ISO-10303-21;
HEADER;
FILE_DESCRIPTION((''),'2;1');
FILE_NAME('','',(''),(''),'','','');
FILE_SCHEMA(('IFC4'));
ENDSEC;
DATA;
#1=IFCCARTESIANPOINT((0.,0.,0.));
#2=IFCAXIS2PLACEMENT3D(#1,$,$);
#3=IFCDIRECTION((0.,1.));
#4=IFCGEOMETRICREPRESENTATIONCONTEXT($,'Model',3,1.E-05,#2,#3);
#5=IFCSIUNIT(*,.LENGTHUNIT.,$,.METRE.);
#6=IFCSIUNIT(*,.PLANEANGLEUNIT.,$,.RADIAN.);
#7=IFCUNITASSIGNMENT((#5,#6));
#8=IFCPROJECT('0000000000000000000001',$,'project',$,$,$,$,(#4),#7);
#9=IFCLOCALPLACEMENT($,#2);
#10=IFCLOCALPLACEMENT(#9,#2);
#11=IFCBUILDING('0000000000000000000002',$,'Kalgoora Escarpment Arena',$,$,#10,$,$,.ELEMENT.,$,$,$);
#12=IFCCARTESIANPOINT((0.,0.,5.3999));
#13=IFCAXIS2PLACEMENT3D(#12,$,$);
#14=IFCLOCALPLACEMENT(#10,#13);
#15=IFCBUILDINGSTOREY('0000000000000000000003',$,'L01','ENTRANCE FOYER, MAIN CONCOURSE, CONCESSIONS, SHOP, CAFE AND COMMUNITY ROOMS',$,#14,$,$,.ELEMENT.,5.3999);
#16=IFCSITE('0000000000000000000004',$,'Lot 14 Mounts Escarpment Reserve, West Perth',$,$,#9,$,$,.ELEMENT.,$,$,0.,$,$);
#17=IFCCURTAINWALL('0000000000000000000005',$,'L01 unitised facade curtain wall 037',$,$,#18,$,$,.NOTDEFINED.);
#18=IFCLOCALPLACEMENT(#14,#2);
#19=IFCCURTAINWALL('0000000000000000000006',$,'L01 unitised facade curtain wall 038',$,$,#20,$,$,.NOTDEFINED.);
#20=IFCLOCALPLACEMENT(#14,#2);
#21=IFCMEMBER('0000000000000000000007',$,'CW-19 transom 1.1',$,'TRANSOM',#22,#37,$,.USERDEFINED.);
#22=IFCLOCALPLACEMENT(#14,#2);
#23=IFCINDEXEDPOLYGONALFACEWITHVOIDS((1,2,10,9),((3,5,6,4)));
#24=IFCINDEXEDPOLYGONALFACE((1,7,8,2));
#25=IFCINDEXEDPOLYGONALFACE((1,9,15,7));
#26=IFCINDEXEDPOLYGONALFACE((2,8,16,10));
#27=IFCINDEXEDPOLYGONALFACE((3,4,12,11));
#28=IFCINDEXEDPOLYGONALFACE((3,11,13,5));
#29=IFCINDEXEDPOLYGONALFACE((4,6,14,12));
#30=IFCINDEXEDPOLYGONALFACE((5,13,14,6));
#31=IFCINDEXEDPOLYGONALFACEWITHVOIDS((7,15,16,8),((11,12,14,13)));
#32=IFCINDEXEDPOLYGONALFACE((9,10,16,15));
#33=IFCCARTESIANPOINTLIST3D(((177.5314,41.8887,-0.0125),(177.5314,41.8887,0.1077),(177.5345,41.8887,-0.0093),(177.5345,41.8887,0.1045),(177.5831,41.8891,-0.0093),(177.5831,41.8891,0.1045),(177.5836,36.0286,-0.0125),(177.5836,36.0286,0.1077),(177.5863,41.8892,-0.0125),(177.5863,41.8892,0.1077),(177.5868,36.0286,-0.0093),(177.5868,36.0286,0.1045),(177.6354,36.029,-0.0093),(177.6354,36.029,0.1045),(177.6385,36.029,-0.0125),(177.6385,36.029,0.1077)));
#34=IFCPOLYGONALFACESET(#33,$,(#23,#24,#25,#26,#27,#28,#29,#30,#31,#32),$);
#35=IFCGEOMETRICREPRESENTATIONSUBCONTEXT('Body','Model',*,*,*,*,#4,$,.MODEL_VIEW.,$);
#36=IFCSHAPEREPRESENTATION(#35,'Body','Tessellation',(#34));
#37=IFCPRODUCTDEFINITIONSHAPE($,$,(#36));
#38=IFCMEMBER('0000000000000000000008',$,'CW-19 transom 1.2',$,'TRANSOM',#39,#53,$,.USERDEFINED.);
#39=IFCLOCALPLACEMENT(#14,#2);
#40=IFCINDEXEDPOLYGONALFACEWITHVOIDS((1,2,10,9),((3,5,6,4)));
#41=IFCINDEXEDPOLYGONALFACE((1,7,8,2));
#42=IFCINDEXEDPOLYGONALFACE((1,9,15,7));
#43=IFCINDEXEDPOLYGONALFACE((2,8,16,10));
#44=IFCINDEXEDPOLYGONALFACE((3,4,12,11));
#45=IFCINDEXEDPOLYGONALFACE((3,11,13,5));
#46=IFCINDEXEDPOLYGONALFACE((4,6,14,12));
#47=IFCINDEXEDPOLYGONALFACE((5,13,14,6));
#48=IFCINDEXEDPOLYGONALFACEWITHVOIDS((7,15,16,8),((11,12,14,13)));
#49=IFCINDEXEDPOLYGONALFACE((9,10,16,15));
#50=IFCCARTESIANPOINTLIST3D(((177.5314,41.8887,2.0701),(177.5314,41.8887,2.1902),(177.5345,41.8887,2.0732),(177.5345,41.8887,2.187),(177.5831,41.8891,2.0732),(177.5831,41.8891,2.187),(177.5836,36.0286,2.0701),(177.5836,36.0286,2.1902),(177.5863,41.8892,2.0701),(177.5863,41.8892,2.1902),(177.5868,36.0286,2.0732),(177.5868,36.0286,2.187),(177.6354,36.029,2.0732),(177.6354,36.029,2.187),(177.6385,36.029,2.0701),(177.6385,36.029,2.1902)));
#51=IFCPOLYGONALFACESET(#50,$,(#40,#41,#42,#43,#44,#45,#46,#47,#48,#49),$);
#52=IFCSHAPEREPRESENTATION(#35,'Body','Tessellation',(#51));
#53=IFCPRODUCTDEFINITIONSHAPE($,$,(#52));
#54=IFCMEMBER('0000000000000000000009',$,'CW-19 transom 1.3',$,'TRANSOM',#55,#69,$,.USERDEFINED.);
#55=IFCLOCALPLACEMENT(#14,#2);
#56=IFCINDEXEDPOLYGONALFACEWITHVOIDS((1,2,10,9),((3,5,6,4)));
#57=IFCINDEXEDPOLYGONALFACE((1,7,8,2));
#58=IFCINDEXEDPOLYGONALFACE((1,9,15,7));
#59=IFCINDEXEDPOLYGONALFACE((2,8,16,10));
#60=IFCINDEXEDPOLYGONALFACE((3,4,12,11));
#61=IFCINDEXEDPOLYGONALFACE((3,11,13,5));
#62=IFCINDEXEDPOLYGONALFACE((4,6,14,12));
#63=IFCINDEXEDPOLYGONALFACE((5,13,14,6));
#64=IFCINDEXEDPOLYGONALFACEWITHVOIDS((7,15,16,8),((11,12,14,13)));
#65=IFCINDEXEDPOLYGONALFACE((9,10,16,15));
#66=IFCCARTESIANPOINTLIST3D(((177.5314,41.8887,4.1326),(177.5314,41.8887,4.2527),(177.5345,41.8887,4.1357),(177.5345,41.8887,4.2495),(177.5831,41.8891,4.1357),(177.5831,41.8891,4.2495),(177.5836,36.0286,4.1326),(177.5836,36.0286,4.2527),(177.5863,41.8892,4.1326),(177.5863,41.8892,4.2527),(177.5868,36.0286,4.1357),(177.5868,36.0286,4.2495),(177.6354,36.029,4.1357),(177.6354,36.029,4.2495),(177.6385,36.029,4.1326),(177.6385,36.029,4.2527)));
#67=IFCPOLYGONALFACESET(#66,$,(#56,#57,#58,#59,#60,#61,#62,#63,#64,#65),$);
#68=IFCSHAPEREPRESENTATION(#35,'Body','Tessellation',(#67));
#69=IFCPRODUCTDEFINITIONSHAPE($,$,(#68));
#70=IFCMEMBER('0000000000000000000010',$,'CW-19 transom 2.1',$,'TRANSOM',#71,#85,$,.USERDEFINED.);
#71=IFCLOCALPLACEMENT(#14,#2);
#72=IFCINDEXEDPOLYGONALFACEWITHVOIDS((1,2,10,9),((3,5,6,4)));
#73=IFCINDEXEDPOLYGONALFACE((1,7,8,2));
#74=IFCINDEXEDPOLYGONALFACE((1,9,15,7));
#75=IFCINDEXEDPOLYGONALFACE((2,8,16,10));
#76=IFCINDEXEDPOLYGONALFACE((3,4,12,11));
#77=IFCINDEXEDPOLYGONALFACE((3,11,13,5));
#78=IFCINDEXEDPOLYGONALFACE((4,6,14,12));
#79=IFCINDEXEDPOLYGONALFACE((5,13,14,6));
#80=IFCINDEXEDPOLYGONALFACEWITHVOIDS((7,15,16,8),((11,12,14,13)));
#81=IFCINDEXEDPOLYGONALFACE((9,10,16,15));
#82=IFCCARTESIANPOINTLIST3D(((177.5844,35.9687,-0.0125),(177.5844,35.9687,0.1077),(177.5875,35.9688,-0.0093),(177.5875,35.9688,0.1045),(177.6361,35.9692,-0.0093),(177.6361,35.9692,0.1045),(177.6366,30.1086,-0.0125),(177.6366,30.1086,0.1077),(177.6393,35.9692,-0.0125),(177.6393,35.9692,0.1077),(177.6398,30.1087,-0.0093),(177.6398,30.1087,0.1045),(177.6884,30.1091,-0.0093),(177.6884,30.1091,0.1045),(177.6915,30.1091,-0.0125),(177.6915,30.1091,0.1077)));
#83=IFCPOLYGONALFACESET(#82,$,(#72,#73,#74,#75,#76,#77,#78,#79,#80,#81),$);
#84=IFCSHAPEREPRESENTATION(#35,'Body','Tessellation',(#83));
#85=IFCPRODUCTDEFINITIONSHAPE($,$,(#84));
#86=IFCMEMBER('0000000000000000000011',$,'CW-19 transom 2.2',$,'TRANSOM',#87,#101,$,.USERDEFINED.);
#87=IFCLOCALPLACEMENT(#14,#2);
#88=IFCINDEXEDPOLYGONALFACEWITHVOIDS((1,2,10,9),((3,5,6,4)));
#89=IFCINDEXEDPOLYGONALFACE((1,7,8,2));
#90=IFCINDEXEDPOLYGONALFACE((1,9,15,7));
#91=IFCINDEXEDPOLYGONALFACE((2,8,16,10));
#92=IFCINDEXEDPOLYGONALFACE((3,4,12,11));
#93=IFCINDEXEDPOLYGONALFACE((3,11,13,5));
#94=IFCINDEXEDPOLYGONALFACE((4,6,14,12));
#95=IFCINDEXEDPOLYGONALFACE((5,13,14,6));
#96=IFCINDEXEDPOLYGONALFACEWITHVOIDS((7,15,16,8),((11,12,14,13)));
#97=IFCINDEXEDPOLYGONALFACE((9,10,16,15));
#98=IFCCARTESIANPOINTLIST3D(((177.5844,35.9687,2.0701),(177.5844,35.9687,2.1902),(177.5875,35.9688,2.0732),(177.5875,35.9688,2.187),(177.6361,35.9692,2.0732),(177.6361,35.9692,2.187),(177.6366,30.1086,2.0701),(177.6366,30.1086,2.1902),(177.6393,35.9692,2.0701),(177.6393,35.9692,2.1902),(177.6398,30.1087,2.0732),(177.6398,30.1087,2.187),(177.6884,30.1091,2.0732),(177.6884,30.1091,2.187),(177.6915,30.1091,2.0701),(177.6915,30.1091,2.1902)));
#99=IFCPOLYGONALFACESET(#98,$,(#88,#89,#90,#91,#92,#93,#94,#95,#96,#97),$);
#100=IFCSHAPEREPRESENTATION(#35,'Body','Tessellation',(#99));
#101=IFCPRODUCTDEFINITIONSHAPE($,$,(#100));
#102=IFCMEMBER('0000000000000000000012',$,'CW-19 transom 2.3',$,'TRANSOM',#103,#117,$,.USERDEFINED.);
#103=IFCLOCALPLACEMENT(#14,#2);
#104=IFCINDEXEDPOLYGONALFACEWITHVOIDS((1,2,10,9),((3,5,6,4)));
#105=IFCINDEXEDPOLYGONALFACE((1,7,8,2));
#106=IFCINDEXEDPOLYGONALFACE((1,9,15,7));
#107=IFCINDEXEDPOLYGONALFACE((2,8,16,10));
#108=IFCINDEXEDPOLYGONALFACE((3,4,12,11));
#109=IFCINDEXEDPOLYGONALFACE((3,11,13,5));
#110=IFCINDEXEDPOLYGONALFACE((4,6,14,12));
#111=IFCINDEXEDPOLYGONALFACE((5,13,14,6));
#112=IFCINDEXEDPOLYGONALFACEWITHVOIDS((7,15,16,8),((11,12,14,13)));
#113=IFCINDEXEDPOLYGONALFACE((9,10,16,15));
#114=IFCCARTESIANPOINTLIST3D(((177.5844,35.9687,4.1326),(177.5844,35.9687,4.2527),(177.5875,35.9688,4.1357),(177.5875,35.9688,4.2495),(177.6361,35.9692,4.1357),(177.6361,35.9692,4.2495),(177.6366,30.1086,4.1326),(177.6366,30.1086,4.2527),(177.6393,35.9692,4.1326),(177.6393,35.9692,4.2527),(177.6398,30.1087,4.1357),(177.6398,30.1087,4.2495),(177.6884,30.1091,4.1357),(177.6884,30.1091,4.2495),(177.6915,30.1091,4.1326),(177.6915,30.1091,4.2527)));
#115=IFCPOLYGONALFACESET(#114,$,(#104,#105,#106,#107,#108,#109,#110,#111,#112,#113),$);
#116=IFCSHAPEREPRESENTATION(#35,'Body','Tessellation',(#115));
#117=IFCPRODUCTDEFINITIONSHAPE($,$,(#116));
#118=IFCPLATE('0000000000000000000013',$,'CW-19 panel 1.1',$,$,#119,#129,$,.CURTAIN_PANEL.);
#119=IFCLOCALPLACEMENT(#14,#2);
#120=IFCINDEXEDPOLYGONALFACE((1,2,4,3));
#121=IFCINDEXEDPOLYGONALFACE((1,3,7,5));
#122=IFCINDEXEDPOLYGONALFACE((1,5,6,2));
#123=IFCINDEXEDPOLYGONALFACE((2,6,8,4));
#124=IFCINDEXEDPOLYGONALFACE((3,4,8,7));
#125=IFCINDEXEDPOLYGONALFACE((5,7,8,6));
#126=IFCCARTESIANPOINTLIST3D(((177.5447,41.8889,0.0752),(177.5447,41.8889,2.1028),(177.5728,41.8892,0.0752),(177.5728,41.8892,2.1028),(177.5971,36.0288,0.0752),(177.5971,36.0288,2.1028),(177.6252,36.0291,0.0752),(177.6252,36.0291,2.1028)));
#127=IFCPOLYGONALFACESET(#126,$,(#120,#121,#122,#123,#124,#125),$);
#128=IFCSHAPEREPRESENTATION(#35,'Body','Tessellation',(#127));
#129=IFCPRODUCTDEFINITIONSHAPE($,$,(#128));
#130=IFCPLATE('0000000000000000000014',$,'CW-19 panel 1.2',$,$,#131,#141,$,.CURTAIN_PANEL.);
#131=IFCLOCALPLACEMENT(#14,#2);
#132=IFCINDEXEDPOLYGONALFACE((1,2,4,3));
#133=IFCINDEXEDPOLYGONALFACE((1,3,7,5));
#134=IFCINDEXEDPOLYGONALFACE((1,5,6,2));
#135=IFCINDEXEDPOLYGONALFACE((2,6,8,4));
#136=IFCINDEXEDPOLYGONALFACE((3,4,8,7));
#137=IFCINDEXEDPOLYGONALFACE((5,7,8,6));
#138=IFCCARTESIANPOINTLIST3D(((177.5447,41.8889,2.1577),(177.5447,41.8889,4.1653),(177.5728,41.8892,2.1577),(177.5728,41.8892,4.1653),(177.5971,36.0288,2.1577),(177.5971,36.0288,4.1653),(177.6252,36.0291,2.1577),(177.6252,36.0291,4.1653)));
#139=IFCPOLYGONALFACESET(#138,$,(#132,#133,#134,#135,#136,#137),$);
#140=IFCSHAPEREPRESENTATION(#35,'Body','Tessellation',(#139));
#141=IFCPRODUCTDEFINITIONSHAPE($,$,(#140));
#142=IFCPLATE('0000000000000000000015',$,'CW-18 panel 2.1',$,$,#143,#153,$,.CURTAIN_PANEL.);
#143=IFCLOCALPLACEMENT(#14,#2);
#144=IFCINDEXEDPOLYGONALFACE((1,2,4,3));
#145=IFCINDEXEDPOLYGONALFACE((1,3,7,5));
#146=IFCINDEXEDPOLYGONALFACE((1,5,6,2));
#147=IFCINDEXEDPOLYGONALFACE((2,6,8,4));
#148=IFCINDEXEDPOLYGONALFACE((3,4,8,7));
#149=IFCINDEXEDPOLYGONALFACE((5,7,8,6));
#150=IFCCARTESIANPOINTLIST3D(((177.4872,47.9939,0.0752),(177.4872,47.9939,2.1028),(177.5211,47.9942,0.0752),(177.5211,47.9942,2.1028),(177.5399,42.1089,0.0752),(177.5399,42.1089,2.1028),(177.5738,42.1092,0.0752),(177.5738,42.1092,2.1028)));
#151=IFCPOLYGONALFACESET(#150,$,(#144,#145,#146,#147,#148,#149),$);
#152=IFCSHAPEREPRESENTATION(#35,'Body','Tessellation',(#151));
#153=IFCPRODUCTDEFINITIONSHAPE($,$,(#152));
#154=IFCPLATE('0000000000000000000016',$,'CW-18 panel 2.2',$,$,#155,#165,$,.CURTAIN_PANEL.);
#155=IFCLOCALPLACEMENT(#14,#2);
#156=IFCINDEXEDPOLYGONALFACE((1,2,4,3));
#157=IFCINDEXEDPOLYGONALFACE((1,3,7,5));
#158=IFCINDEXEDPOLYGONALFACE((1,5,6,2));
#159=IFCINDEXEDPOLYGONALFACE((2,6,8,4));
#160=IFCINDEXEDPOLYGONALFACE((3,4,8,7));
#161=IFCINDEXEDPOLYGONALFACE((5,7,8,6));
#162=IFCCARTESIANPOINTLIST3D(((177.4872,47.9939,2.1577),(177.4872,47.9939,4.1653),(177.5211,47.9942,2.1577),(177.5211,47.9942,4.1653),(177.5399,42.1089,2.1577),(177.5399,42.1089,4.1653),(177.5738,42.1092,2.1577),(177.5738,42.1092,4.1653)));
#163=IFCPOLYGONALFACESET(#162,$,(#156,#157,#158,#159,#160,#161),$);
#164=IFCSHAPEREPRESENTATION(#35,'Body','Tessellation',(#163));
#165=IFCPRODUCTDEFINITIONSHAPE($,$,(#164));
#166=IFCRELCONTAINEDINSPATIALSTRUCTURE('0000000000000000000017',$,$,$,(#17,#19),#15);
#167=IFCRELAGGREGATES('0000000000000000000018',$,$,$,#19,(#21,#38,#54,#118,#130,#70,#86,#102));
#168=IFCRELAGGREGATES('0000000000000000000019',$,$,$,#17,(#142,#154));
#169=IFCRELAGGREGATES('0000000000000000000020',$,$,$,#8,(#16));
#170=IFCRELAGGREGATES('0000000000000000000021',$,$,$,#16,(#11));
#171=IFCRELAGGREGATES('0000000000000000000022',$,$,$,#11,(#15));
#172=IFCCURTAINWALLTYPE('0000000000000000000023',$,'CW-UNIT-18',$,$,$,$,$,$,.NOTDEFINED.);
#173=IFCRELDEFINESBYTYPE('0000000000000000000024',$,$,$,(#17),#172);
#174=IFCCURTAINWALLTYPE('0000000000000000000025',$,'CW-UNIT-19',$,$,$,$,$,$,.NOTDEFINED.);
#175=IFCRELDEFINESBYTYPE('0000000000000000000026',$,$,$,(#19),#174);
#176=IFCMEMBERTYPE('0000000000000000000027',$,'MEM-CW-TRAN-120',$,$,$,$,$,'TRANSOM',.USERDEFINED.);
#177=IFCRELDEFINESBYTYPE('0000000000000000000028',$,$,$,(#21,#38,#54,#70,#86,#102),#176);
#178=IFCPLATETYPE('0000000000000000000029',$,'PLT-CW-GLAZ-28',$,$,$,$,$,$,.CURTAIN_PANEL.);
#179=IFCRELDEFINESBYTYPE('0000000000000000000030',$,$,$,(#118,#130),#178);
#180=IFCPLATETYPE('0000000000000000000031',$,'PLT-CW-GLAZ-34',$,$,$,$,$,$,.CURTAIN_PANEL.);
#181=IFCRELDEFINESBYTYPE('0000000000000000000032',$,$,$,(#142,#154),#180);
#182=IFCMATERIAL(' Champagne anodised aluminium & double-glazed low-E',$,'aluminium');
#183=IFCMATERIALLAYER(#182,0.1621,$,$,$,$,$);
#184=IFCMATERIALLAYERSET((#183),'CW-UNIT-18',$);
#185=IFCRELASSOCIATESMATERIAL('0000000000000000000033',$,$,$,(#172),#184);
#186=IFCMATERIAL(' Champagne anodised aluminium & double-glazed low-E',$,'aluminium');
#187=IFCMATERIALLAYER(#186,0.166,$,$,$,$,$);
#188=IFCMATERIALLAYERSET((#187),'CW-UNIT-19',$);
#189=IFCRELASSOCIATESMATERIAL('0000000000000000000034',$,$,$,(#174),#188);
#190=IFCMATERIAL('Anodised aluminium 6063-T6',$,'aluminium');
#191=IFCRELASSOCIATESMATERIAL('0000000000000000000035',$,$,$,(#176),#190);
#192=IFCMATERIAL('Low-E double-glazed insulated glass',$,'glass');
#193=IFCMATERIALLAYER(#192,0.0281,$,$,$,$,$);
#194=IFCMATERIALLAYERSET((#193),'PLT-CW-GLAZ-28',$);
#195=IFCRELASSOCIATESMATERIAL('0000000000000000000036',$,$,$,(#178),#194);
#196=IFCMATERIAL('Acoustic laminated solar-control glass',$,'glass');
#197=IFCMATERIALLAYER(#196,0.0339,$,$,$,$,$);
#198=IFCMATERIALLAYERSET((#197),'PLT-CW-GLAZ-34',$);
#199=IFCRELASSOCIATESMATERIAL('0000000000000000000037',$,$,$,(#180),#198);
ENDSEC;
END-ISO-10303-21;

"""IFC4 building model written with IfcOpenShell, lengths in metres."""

from ifc_helpers import new_model, si_unit, direction, frame, origin, origin_2d, place, context, subcontext, project, spatial, rectangle, hollow_rectangle, extrude, material, layer, layer_set, material_profile, profile_set, type_object, element, aggregate, save


model = new_model("IFC4")

# Units and contexts
model_context = context("Model", 3, precision=1e-05, world=origin(), true_north=direction((0.0, 1.0)))
body_context = subcontext(model_context, "Body", "Model", "MODEL_VIEW")
ifc_project = project(units=[si_unit("LENGTHUNIT", "METRE"), si_unit("PLANEANGLEUNIT", "RADIAN")], contexts=[model_context])

# Site, building, storey
site_placement = place(None, origin())
site = spatial("IfcSite", under=ifc_project, at=site_placement, Name="Lot 14 Mounts Escarpment Reserve, West Perth", CompositionType="ELEMENT", RefElevation=0.0)
building_placement = place(site_placement, origin())
building = spatial("IfcBuilding", under=site, at=building_placement, Name="Kalgoora Escarpment Arena", CompositionType="ELEMENT")
storey_placement = place(building_placement, frame((0.0, 0.0, 5.3999)))
storey = spatial("IfcBuildingStorey", under=building, at=storey_placement, Name="L01", Description="ENTRANCE FOYER, MAIN CONCOURSE, CONCESSIONS, SHOP, CAFE AND COMMUNITY ROOMS", CompositionType="ELEMENT", Elevation=5.3999)

# Curtain walls
ifc_material_1 = material(Name=" Champagne anodised aluminium & double-glazed low-E", Category="aluminium")
ifc_layer_1 = layer(ifc_material_1, 0.1621)
ifc_layer_set_1 = layer_set([ifc_layer_1], Name="CW-UNIT-18")
curtain_wall_type_1 = type_object("IfcCurtainWallType", Name="CW-UNIT-18", PredefinedType="NOTDEFINED", material=ifc_layer_set_1)
curtain_wall_1_placement = place(storey_placement, origin())
curtain_wall_1 = element("IfcCurtainWall", 1, at=curtain_wall_1_placement, inside=storey, type_object=curtain_wall_type_1, Name="L01 unitised facade curtain wall 037", PredefinedType="NOTDEFINED")
ifc_material_2 = material(Name=" Champagne anodised aluminium & double-glazed low-E", Category="aluminium")
ifc_layer_2 = layer(ifc_material_2, 0.166)
ifc_layer_set_2 = layer_set([ifc_layer_2], Name="CW-UNIT-19")
curtain_wall_type_2 = type_object("IfcCurtainWallType", Name="CW-UNIT-19", PredefinedType="NOTDEFINED", material=ifc_layer_set_2)
curtain_wall_2_placement = place(storey_placement, origin())
curtain_wall_2 = element("IfcCurtainWall", 2, at=curtain_wall_2_placement, inside=storey, type_object=curtain_wall_type_2, Name="L01 unitised facade curtain wall 038", PredefinedType="NOTDEFINED")

# Members
ifc_material_3 = material(Name="Anodised aluminium 6063-T6", Category="aluminium")
ifc_material_profile_1 = material_profile(ifc_material_3, hollow_rectangle(XDim=0.0549, YDim=0.1201, WallThickness=0.0032, at=origin_2d()))
ifc_profile_set_1 = profile_set([ifc_material_profile_1], Name="Anodised aluminium 6063-T6")
member_type_1 = type_object("IfcMemberType", Name="MEM-CW-TRAN-120", ElementType="TRANSOM", PredefinedType="USERDEFINED", material=ifc_profile_set_1)
member_1_placement = place(storey_placement, frame((177.5588, 41.8889, 0.0476), z_axis=(0.008915, -0.99996, 0.0), x_axis=(0.99996, 0.008915, 0.0)))
member_1 = element("IfcMember", 3, at=member_1_placement, type_object=member_type_1, Name="CW-19 transom 1.1", ObjectType="TRANSOM", PredefinedType="USERDEFINED", context=body_context, shape_type="SweptSolid", body=[
    extrude(hollow_rectangle(XDim=0.0549, YDim=0.1201, WallThickness=0.0032, at=origin_2d()), origin(), (0.0, 0.0, 1.0), 5.8604),
])
member_2_placement = place(storey_placement, frame((177.5588, 41.8889, 2.1301), z_axis=(0.008915, -0.99996, 0.0), x_axis=(0.99996, 0.008915, 0.0)))
member_2 = element("IfcMember", 4, at=member_2_placement, type_object=member_type_1, Name="CW-19 transom 1.2", ObjectType="TRANSOM", PredefinedType="USERDEFINED", context=body_context, shape_type="SweptSolid", body=[
    extrude(hollow_rectangle(XDim=0.0549, YDim=0.1201, WallThickness=0.0032, at=origin_2d()), origin(), (0.0, 0.0, 1.0), 5.8604),
])
member_3_placement = place(storey_placement, frame((177.5588, 41.8889, 4.1926), z_axis=(0.008915, -0.99996, 0.0), x_axis=(0.99996, 0.008915, 0.0)))
member_3 = element("IfcMember", 5, at=member_3_placement, type_object=member_type_1, Name="CW-19 transom 1.3", ObjectType="TRANSOM", PredefinedType="USERDEFINED", context=body_context, shape_type="SweptSolid", body=[
    extrude(hollow_rectangle(XDim=0.0549, YDim=0.1201, WallThickness=0.0032, at=origin_2d()), origin(), (0.0, 0.0, 1.0), 5.8604),
])
member_4_placement = place(storey_placement, frame((177.6118, 35.969, 0.0476), z_axis=(0.008915, -0.99996, 0.0), x_axis=(0.99996, 0.008915, 0.0)))
member_4 = element("IfcMember", 6, at=member_4_placement, type_object=member_type_1, Name="CW-19 transom 2.1", ObjectType="TRANSOM", PredefinedType="USERDEFINED", context=body_context, shape_type="SweptSolid", body=[
    extrude(hollow_rectangle(XDim=0.0549, YDim=0.1201, WallThickness=0.0032, at=origin_2d()), origin(), (0.0, 0.0, 1.0), 5.8604),
])
member_5_placement = place(storey_placement, frame((177.6118, 35.969, 2.1301), z_axis=(0.008915, -0.99996, 0.0), x_axis=(0.99996, 0.008915, 0.0)))
member_5 = element("IfcMember", 7, at=member_5_placement, type_object=member_type_1, Name="CW-19 transom 2.2", ObjectType="TRANSOM", PredefinedType="USERDEFINED", context=body_context, shape_type="SweptSolid", body=[
    extrude(hollow_rectangle(XDim=0.0549, YDim=0.1201, WallThickness=0.0032, at=origin_2d()), origin(), (0.0, 0.0, 1.0), 5.8604),
])
member_6_placement = place(storey_placement, frame((177.6118, 35.969, 4.1926), z_axis=(0.008915, -0.99996, 0.0), x_axis=(0.99996, 0.008915, 0.0)))
member_6 = element("IfcMember", 8, at=member_6_placement, type_object=member_type_1, Name="CW-19 transom 2.3", ObjectType="TRANSOM", PredefinedType="USERDEFINED", context=body_context, shape_type="SweptSolid", body=[
    extrude(hollow_rectangle(XDim=0.0549, YDim=0.1201, WallThickness=0.0032, at=origin_2d()), origin(), (0.0, 0.0, 1.0), 5.8604),
])

# Plates
ifc_material_4 = material(Name="Low-E double-glazed insulated glass", Category="glass")
ifc_layer_3 = layer(ifc_material_4, 0.0281)
ifc_layer_set_3 = layer_set([ifc_layer_3], Name="PLT-CW-GLAZ-28")
plate_type_1 = type_object("IfcPlateType", Name="PLT-CW-GLAZ-28", PredefinedType="CURTAIN_PANEL", material=ifc_layer_set_3)
plate_1_placement = place(storey_placement, frame((177.585, 38.959, 0.0752), z_axis=(0.0, 0.0, 1.0), x_axis=(0.008949, -0.99996, 0.0)))
plate_1 = element("IfcPlate", 9, at=plate_1_placement, type_object=plate_type_1, Name="CW-19 panel 1.1", PredefinedType="CURTAIN_PANEL", context=body_context, shape_type="SweptSolid", body=[
    extrude(rectangle(XDim=5.8604, YDim=0.0281, at=origin_2d()), origin(), (0.0, 0.0, 1.0), 2.0276),
])
plate_2_placement = place(storey_placement, frame((177.585, 38.959, 2.1577), z_axis=(0.0, 0.0, 1.0), x_axis=(0.008949, -0.99996, 0.0)))
plate_2 = element("IfcPlate", 10, at=plate_2_placement, type_object=plate_type_1, Name="CW-19 panel 1.2", PredefinedType="CURTAIN_PANEL", context=body_context, shape_type="SweptSolid", body=[
    extrude(rectangle(XDim=5.8604, YDim=0.0281, at=origin_2d()), origin(), (0.0, 0.0, 1.0), 2.0076),
])
aggregate(curtain_wall_2, [member_1, member_2, member_3, plate_1, plate_2, member_4, member_5, member_6])
ifc_material_5 = material(Name="Acoustic laminated solar-control glass", Category="glass")
ifc_layer_4 = layer(ifc_material_5, 0.0339)
ifc_layer_set_4 = layer_set([ifc_layer_4], Name="PLT-CW-GLAZ-34")
plate_type_2 = type_object("IfcPlateType", Name="PLT-CW-GLAZ-34", PredefinedType="CURTAIN_PANEL", material=ifc_layer_set_4)
plate_3_placement = place(storey_placement, frame((177.5305, 45.0515, 0.0752), z_axis=(0.0, 0.0, 1.0), x_axis=(0.008954, -0.99996, 0.0)))
plate_3 = element("IfcPlate", 11, at=plate_3_placement, type_object=plate_type_2, Name="CW-18 panel 2.1", PredefinedType="CURTAIN_PANEL", context=body_context, shape_type="SweptSolid", body=[
    extrude(rectangle(XDim=5.8853, YDim=0.0339, at=origin_2d()), origin(), (0.0, 0.0, 1.0), 2.0276),
])
plate_4_placement = place(storey_placement, frame((177.5305, 45.0515, 2.1577), z_axis=(0.0, 0.0, 1.0), x_axis=(0.008954, -0.99996, 0.0)))
plate_4 = element("IfcPlate", 12, at=plate_4_placement, type_object=plate_type_2, Name="CW-18 panel 2.2", PredefinedType="CURTAIN_PANEL", context=body_context, shape_type="SweptSolid", body=[
    extrude(rectangle(XDim=5.8853, YDim=0.0339, at=origin_2d()), origin(), (0.0, 0.0, 1.0), 2.0076),
])
aggregate(curtain_wall_1, [plate_3, plate_4])

save(model, "model.ifc")
